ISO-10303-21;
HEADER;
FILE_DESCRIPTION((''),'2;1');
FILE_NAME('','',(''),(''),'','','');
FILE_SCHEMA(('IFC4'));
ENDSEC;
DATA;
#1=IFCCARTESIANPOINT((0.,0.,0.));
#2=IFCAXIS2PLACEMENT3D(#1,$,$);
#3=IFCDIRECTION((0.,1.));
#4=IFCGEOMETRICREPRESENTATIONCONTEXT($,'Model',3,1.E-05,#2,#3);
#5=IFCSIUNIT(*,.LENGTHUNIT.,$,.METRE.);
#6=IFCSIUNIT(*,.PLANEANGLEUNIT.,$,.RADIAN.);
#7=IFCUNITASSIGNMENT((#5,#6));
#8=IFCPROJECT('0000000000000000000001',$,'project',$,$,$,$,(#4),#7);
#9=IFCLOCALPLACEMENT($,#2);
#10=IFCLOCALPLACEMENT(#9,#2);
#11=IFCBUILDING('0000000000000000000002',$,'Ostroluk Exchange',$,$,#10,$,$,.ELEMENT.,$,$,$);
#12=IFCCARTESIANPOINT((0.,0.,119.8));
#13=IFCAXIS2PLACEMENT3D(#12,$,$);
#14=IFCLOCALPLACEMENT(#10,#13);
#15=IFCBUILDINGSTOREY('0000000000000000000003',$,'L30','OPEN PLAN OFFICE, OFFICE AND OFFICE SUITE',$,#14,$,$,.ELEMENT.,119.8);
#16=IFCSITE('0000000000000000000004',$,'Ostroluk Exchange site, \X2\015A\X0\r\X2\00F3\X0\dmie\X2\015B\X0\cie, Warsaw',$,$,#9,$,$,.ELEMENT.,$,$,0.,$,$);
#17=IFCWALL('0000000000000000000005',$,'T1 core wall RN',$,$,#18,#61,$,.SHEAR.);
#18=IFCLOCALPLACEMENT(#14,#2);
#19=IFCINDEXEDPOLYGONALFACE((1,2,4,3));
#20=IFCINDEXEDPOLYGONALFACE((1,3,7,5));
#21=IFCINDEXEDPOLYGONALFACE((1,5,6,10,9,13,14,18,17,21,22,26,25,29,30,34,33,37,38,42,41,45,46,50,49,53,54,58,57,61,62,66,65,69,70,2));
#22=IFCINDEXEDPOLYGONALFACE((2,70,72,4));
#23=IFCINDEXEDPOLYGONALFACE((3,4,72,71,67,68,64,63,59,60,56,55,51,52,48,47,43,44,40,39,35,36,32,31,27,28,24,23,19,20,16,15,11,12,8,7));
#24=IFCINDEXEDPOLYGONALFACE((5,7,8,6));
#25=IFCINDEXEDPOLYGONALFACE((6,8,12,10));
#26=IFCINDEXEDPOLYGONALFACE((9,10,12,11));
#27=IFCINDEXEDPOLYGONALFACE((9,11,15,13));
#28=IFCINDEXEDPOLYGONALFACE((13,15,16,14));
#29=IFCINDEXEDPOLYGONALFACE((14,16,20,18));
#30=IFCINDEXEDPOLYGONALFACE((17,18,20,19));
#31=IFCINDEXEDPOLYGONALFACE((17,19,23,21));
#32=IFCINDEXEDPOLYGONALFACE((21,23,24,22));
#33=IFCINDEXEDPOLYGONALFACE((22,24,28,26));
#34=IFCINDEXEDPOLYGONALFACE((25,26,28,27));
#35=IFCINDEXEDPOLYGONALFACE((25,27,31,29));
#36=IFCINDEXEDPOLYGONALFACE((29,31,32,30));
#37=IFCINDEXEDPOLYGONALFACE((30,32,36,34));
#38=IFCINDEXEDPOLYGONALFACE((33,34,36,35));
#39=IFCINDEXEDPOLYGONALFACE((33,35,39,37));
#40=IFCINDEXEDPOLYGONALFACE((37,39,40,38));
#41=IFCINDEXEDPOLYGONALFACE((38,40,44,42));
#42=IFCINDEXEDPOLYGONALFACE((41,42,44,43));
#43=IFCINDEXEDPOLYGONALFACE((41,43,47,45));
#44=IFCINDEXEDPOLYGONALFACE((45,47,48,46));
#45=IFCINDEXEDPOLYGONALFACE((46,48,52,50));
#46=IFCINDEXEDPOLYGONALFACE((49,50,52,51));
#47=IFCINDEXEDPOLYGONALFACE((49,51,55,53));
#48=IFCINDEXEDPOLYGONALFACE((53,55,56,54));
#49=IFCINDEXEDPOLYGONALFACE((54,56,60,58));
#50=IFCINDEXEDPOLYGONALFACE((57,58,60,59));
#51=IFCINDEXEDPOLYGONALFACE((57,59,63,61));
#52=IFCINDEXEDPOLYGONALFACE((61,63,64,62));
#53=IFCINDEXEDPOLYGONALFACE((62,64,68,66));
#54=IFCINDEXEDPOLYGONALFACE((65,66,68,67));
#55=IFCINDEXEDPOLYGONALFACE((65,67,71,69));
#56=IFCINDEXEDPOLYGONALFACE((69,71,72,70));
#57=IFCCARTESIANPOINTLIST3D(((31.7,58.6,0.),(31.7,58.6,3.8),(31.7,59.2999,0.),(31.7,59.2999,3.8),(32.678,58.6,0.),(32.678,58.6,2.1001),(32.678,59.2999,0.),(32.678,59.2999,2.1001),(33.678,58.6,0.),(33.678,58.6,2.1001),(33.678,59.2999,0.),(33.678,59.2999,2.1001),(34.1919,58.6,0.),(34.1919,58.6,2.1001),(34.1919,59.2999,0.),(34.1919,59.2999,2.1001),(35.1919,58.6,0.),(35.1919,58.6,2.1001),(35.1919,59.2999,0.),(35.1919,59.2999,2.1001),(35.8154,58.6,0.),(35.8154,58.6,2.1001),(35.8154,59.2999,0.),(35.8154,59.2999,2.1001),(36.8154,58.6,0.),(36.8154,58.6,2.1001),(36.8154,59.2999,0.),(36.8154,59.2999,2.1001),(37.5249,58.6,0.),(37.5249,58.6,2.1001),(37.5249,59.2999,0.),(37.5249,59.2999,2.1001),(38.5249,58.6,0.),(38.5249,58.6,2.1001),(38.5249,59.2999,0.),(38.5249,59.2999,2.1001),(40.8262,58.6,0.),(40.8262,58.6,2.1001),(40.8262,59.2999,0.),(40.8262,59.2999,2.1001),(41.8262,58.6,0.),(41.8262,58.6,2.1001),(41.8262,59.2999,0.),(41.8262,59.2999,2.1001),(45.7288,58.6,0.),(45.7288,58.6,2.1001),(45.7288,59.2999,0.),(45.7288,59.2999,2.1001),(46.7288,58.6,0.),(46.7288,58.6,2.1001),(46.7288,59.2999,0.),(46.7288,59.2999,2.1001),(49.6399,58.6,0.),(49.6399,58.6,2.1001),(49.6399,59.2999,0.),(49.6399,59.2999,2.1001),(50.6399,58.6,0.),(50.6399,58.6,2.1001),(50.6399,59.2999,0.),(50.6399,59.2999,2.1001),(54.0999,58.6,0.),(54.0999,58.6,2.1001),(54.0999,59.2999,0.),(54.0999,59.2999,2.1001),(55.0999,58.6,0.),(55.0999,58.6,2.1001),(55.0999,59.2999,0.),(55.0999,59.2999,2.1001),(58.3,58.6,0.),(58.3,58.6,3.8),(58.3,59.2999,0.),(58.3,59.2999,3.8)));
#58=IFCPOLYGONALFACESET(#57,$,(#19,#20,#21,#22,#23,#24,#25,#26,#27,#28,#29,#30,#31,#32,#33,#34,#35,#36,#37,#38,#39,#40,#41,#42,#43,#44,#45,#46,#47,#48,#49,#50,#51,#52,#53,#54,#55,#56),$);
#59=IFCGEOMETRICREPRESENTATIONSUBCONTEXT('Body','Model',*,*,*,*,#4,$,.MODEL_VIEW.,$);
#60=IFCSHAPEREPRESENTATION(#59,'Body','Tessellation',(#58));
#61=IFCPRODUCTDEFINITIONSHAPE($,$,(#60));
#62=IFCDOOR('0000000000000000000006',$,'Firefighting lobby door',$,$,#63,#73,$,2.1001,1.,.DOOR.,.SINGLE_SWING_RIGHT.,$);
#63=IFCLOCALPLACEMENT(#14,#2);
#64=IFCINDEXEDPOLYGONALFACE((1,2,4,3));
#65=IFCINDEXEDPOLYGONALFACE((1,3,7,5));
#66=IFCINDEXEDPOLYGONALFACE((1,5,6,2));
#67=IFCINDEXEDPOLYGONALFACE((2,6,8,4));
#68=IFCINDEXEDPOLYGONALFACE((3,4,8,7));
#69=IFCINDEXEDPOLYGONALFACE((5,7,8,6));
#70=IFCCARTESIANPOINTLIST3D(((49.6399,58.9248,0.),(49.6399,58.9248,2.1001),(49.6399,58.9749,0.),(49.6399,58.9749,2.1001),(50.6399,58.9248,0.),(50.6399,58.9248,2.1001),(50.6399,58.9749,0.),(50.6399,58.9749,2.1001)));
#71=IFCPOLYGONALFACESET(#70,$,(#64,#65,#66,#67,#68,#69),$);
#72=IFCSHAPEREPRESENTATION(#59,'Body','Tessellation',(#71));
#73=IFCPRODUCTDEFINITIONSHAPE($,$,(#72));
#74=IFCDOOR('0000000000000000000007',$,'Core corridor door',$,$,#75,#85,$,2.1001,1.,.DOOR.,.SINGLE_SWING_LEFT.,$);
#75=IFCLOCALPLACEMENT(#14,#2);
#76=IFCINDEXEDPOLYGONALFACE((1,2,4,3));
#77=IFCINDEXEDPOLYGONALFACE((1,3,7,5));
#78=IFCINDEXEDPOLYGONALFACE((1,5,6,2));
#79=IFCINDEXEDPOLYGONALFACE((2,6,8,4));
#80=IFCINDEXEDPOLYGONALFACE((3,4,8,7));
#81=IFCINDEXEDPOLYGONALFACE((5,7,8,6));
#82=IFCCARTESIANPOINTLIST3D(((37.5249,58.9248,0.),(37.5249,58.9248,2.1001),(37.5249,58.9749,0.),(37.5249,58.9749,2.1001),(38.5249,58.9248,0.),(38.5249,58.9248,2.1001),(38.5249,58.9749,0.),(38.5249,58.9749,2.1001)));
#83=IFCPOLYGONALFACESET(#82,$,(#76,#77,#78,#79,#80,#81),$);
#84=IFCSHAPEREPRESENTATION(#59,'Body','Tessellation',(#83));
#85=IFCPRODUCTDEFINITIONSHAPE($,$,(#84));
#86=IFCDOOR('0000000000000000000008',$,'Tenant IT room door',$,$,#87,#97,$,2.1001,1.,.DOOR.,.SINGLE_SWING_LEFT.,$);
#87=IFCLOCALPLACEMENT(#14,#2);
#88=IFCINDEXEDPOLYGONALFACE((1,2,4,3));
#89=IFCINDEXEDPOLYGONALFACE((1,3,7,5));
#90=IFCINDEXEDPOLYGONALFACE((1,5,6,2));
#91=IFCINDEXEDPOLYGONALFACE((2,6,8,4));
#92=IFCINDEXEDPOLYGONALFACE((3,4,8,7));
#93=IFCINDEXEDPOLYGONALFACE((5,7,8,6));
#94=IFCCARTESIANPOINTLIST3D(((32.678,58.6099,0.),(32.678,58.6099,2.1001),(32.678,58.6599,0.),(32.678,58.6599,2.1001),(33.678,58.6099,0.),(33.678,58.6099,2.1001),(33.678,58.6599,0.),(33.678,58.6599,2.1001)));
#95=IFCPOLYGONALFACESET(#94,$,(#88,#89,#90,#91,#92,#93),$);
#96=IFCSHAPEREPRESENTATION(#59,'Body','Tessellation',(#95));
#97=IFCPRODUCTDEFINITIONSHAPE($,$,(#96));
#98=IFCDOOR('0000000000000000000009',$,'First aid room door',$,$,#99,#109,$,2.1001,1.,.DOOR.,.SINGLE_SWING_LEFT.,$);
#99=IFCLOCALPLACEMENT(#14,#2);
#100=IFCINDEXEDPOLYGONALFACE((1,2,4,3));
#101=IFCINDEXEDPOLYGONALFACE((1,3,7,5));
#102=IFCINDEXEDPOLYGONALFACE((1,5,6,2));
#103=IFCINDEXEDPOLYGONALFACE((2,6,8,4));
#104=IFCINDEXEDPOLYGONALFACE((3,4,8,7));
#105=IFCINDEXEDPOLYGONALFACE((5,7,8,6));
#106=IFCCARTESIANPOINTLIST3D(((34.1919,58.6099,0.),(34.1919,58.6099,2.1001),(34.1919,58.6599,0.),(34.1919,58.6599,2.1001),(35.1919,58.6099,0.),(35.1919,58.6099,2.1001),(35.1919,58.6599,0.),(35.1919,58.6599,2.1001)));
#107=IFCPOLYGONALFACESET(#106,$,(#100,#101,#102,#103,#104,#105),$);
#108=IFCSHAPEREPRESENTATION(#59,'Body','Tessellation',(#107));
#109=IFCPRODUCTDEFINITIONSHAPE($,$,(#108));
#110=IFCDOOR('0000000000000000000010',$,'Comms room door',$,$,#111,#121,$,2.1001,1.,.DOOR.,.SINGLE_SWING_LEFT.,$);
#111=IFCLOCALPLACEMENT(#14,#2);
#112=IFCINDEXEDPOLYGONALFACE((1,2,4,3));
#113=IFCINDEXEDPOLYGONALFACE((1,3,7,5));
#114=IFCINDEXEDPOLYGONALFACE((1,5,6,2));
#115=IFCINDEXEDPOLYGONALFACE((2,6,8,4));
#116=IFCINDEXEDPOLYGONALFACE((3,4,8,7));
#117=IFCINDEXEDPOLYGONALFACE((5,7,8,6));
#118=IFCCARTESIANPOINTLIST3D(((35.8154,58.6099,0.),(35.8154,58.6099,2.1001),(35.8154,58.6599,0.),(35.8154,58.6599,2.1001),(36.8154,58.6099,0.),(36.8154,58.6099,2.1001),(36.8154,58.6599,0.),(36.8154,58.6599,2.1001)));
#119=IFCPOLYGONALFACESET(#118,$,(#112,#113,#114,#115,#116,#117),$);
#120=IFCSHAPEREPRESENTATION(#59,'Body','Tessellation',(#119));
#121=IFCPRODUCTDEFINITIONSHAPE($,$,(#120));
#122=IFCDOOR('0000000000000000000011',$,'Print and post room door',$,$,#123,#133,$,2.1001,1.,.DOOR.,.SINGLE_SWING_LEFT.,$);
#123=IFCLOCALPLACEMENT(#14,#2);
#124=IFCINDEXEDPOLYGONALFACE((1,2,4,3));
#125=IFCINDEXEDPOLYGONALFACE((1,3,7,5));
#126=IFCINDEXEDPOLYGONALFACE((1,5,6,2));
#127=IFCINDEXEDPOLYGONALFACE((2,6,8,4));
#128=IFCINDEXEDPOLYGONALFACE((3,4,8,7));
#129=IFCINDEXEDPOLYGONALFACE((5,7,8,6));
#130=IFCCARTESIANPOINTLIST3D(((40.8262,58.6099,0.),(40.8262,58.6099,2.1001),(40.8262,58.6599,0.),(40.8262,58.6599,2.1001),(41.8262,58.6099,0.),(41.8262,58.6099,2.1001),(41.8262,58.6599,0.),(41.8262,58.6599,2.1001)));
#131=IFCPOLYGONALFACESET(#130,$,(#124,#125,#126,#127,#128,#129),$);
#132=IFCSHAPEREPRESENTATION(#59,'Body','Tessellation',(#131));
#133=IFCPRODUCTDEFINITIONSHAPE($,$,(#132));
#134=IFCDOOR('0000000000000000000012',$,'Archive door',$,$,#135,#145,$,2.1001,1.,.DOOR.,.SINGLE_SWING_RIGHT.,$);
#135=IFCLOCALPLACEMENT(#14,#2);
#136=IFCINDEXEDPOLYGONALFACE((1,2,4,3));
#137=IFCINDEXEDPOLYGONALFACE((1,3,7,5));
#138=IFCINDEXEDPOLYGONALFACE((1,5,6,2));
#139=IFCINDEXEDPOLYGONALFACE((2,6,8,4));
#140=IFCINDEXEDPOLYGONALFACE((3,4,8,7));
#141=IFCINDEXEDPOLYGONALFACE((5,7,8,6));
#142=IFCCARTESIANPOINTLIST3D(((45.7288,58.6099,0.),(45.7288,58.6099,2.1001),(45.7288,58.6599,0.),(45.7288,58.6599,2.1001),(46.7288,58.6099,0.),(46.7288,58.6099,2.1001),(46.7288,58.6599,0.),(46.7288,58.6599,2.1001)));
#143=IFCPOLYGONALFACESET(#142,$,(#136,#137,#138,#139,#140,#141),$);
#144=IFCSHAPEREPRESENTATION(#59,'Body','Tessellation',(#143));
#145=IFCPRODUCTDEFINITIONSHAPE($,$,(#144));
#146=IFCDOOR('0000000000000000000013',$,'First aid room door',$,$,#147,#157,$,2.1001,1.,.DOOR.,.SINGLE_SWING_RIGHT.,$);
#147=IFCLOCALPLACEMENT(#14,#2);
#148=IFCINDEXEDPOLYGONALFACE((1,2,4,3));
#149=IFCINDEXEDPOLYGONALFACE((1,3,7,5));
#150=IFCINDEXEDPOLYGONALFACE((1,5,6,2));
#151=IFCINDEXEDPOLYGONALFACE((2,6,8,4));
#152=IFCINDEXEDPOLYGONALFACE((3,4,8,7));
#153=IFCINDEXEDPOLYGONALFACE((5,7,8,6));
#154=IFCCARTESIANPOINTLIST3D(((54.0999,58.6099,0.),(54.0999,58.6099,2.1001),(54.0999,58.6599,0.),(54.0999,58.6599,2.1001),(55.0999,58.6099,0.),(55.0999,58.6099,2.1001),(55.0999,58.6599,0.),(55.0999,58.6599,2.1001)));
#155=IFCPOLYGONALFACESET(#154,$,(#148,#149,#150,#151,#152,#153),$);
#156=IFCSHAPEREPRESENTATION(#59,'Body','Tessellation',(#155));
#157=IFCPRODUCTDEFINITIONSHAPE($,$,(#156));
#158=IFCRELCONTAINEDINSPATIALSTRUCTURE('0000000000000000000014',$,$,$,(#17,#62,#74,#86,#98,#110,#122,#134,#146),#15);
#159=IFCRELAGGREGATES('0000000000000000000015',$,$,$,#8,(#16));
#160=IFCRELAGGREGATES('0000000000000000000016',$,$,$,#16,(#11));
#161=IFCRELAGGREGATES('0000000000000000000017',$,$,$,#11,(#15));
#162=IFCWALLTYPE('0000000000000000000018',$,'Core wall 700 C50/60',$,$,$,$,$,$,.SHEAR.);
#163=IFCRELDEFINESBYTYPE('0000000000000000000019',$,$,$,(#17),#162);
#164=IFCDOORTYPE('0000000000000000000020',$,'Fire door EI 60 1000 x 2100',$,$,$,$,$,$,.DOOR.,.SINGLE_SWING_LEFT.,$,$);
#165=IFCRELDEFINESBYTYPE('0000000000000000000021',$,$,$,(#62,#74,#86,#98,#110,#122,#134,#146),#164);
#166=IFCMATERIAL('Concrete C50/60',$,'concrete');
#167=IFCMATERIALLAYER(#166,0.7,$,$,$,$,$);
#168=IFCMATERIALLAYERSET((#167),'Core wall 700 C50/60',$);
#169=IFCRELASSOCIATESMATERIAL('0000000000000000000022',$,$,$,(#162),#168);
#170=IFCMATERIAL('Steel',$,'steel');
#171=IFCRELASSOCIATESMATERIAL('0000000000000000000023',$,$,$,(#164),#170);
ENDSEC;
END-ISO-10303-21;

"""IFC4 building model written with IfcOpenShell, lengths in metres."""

from ifc_helpers import new_model, si_unit, direction, frame, frame_2d, origin, place, context, subcontext, project, spatial, rectangle, extrude, material, layer, layer_set, type_object, element, fill, save


model = new_model("IFC4")

# Units and contexts
model_context = context("Model", 3, precision=1e-05, world=origin(), true_north=direction((0.0, 1.0)))
body_context = subcontext(model_context, "Body", "Model", "MODEL_VIEW")
ifc_project = project(units=[si_unit("LENGTHUNIT", "METRE"), si_unit("PLANEANGLEUNIT", "RADIAN")], contexts=[model_context])

# Site, building, storey
site_placement = place(None, origin())
site = spatial("IfcSite", under=ifc_project, at=site_placement, Name="Ostroluk Exchange site, Śródmieście, Warsaw", CompositionType="ELEMENT", RefElevation=0.0)
building_placement = place(site_placement, origin())
building = spatial("IfcBuilding", under=site, at=building_placement, Name="Ostroluk Exchange", CompositionType="ELEMENT")
storey_placement = place(building_placement, frame((0.0, 0.0, 119.8)))
storey = spatial("IfcBuildingStorey", under=building, at=storey_placement, Name="L30", Description="OPEN PLAN OFFICE, OFFICE AND OFFICE SUITE", CompositionType="ELEMENT", Elevation=119.8)

# Wall, openings, doors
ifc_material_1 = material(Name="Concrete C50/60", Category="concrete")
ifc_layer_1 = layer(ifc_material_1, 0.7)
ifc_layer_set_1 = layer_set([ifc_layer_1], Name="Core wall 700 C50/60")
wall_type_1 = type_object("IfcWallType", Name="Core wall 700 C50/60", PredefinedType="SHEAR", material=ifc_layer_set_1)
wall_1_placement = place(storey_placement, frame((31.7, 58.95, 0.0), z_axis=(0.0, 0.0, 1.0), x_axis=(1.0, 0.0, 0.0)))
wall_1 = element("IfcWall", 1, at=wall_1_placement, inside=storey, type_object=wall_type_1, Name="T1 core wall RN", PredefinedType="SHEAR", context=body_context, shape_type="SweptSolid", body=[
    extrude(rectangle(XDim=26.6001, YDim=0.7, at=frame_2d((13.3, 0.0))), origin(), (0.0, 0.0, 1.0), 3.8),
])
opening_1_placement = place(wall_1_placement, frame((17.9399, 0.0, 0.0)))
opening_1 = element("IfcOpeningElement", 2, at=opening_1_placement, cuts=wall_1, PredefinedType="OPENING", context=body_context, shape_type="SweptSolid", body=[
    extrude(rectangle(XDim=1.0, YDim=2.1001, at=frame_2d((0.5, 1.05))), frame((0.0, 0.3599, 0.0), z_axis=(0.0, -1.0, 0.0), x_axis=(1.0, 0.0, 0.0)), (0.0, 0.0, 1.0), 0.72),
])
opening_2_placement = place(wall_1_placement, frame((5.825, 0.0, 0.0)))
opening_2 = element("IfcOpeningElement", 3, at=opening_2_placement, cuts=wall_1, PredefinedType="OPENING", context=body_context, shape_type="SweptSolid", body=[
    extrude(rectangle(XDim=1.0, YDim=2.1001, at=frame_2d((0.5, 1.05))), frame((0.0, 0.3599, 0.0), z_axis=(0.0, -1.0, 0.0), x_axis=(1.0, 0.0, 0.0)), (0.0, 0.0, 1.0), 0.72),
])
opening_3_placement = place(wall_1_placement, frame((0.978, 0.0, 0.0)))
opening_3 = element("IfcOpeningElement", 4, at=opening_3_placement, cuts=wall_1, PredefinedType="OPENING", context=body_context, shape_type="SweptSolid", body=[
    extrude(rectangle(XDim=1.0, YDim=2.1001, at=frame_2d((0.5, 1.05))), frame((0.0, 0.3599, 0.0), z_axis=(0.0, -1.0, 0.0), x_axis=(1.0, 0.0, 0.0)), (0.0, 0.0, 1.0), 0.72),
])
opening_4_placement = place(wall_1_placement, frame((2.4919, 0.0, 0.0)))
opening_4 = element("IfcOpeningElement", 5, at=opening_4_placement, cuts=wall_1, PredefinedType="OPENING", context=body_context, shape_type="SweptSolid", body=[
    extrude(rectangle(XDim=1.0, YDim=2.1001, at=frame_2d((0.5, 1.05))), frame((0.0, 0.3599, 0.0), z_axis=(0.0, -1.0, 0.0), x_axis=(1.0, 0.0, 0.0)), (0.0, 0.0, 1.0), 0.72),
])
opening_5_placement = place(wall_1_placement, frame((4.1155, 0.0, 0.0)))
opening_5 = element("IfcOpeningElement", 6, at=opening_5_placement, cuts=wall_1, PredefinedType="OPENING", context=body_context, shape_type="SweptSolid", body=[
    extrude(rectangle(XDim=1.0, YDim=2.1001, at=frame_2d((0.5, 1.05))), frame((0.0, 0.3599, 0.0), z_axis=(0.0, -1.0, 0.0), x_axis=(1.0, 0.0, 0.0)), (0.0, 0.0, 1.0), 0.72),
])
opening_6_placement = place(wall_1_placement, frame((9.1262, 0.0, 0.0)))
opening_6 = element("IfcOpeningElement", 7, at=opening_6_placement, cuts=wall_1, PredefinedType="OPENING", context=body_context, shape_type="SweptSolid", body=[
    extrude(rectangle(XDim=1.0, YDim=2.1001, at=frame_2d((0.5, 1.05))), frame((0.0, 0.3599, 0.0), z_axis=(0.0, -1.0, 0.0), x_axis=(1.0, 0.0, 0.0)), (0.0, 0.0, 1.0), 0.72),
])
opening_7_placement = place(wall_1_placement, frame((14.0288, 0.0, 0.0)))
opening_7 = element("IfcOpeningElement", 8, at=opening_7_placement, cuts=wall_1, PredefinedType="OPENING", context=body_context, shape_type="SweptSolid", body=[
    extrude(rectangle(XDim=1.0, YDim=2.1001, at=frame_2d((0.5, 1.05))), frame((0.0, 0.3599, 0.0), z_axis=(0.0, -1.0, 0.0), x_axis=(1.0, 0.0, 0.0)), (0.0, 0.0, 1.0), 0.72),
])
opening_8_placement = place(wall_1_placement, frame((22.3999, 0.0, 0.0)))
opening_8 = element("IfcOpeningElement", 9, at=opening_8_placement, cuts=wall_1, PredefinedType="OPENING", context=body_context, shape_type="SweptSolid", body=[
    extrude(rectangle(XDim=1.0, YDim=2.1001, at=frame_2d((0.5, 1.05))), frame((0.0, 0.3599, 0.0), z_axis=(0.0, -1.0, 0.0), x_axis=(1.0, 0.0, 0.0)), (0.0, 0.0, 1.0), 0.72),
])
ifc_material_2 = material(Name="Steel", Category="steel")
door_type_1 = type_object("IfcDoorType", Name="Fire door EI 60 1000 x 2100", OperationType="SINGLE_SWING_LEFT", PredefinedType="DOOR", material=ifc_material_2)
door_1_placement = place(opening_1_placement, origin())
door_1 = element("IfcDoor", 10, at=door_1_placement, inside=storey, type_object=door_type_1, Name="Firefighting lobby door", OperationType="SINGLE_SWING_RIGHT", OverallHeight=2.1001, OverallWidth=1.0, PredefinedType="DOOR", context=body_context, shape_type="SweptSolid", body=[
    extrude(rectangle(XDim=1.0, YDim=2.1001, at=frame_2d((0.5, 1.05))), frame((0.0, 0.0249, 0.0), z_axis=(0.0, -1.0, 0.0), x_axis=(1.0, 0.0, 0.0)), (0.0, 0.0, 1.0), 0.05),
])
fill(opening_1, door_1)
door_2_placement = place(opening_2_placement, origin())
door_2 = element("IfcDoor", 11, at=door_2_placement, inside=storey, type_object=door_type_1, Name="Core corridor door", OperationType="SINGLE_SWING_LEFT", OverallHeight=2.1001, OverallWidth=1.0, PredefinedType="DOOR", context=body_context, shape_type="SweptSolid", body=[
    extrude(rectangle(XDim=1.0, YDim=2.1001, at=frame_2d((0.5, 1.05))), frame((0.0, 0.0249, 0.0), z_axis=(0.0, -1.0, 0.0), x_axis=(1.0, 0.0, 0.0)), (0.0, 0.0, 1.0), 0.05),
])
fill(opening_2, door_2)
door_3_placement = place(opening_3_placement, origin())
door_3 = element("IfcDoor", 12, at=door_3_placement, inside=storey, type_object=door_type_1, Name="Tenant IT room door", OperationType="SINGLE_SWING_LEFT", OverallHeight=2.1001, OverallWidth=1.0, PredefinedType="DOOR", context=body_context, shape_type="SweptSolid", body=[
    extrude(rectangle(XDim=1.0, YDim=2.1001, at=frame_2d((0.5, 1.05))), frame((0.0, -0.29, 0.0), z_axis=(0.0, -1.0, 0.0), x_axis=(1.0, 0.0, 0.0)), (0.0, 0.0, 1.0), 0.05),
])
fill(opening_3, door_3)
door_4_placement = place(opening_4_placement, origin())
door_4 = element("IfcDoor", 13, at=door_4_placement, inside=storey, type_object=door_type_1, Name="First aid room door", OperationType="SINGLE_SWING_LEFT", OverallHeight=2.1001, OverallWidth=1.0, PredefinedType="DOOR", context=body_context, shape_type="SweptSolid", body=[
    extrude(rectangle(XDim=1.0, YDim=2.1001, at=frame_2d((0.5, 1.05))), frame((0.0, -0.29, 0.0), z_axis=(0.0, -1.0, 0.0), x_axis=(1.0, 0.0, 0.0)), (0.0, 0.0, 1.0), 0.05),
])
fill(opening_4, door_4)
door_5_placement = place(opening_5_placement, origin())
door_5 = element("IfcDoor", 14, at=door_5_placement, inside=storey, type_object=door_type_1, Name="Comms room door", OperationType="SINGLE_SWING_LEFT", OverallHeight=2.1001, OverallWidth=1.0, PredefinedType="DOOR", context=body_context, shape_type="SweptSolid", body=[
    extrude(rectangle(XDim=1.0, YDim=2.1001, at=frame_2d((0.5, 1.05))), frame((0.0, -0.29, 0.0), z_axis=(0.0, -1.0, 0.0), x_axis=(1.0, 0.0, 0.0)), (0.0, 0.0, 1.0), 0.05),
])
fill(opening_5, door_5)
door_6_placement = place(opening_6_placement, origin())
door_6 = element("IfcDoor", 15, at=door_6_placement, inside=storey, type_object=door_type_1, Name="Print and post room door", OperationType="SINGLE_SWING_LEFT", OverallHeight=2.1001, OverallWidth=1.0, PredefinedType="DOOR", context=body_context, shape_type="SweptSolid", body=[
    extrude(rectangle(XDim=1.0, YDim=2.1001, at=frame_2d((0.5, 1.05))), frame((0.0, -0.29, 0.0), z_axis=(0.0, -1.0, 0.0), x_axis=(1.0, 0.0, 0.0)), (0.0, 0.0, 1.0), 0.05),
])
fill(opening_6, door_6)
door_7_placement = place(opening_7_placement, origin())
door_7 = element("IfcDoor", 16, at=door_7_placement, inside=storey, type_object=door_type_1, Name="Archive door", OperationType="SINGLE_SWING_RIGHT", OverallHeight=2.1001, OverallWidth=1.0, PredefinedType="DOOR", context=body_context, shape_type="SweptSolid", body=[
    extrude(rectangle(XDim=1.0, YDim=2.1001, at=frame_2d((0.5, 1.05))), frame((0.0, -0.29, 0.0), z_axis=(0.0, -1.0, 0.0), x_axis=(1.0, 0.0, 0.0)), (0.0, 0.0, 1.0), 0.05),
])
fill(opening_7, door_7)
door_8_placement = place(opening_8_placement, origin())
door_8 = element("IfcDoor", 17, at=door_8_placement, inside=storey, type_object=door_type_1, Name="First aid room door", OperationType="SINGLE_SWING_RIGHT", OverallHeight=2.1001, OverallWidth=1.0, PredefinedType="DOOR", context=body_context, shape_type="SweptSolid", body=[
    extrude(rectangle(XDim=1.0, YDim=2.1001, at=frame_2d((0.5, 1.05))), frame((0.0, -0.29, 0.0), z_axis=(0.0, -1.0, 0.0), x_axis=(1.0, 0.0, 0.0)), (0.0, 0.0, 1.0), 0.05),
])
fill(opening_8, door_8)

save(model, "model.ifc")
